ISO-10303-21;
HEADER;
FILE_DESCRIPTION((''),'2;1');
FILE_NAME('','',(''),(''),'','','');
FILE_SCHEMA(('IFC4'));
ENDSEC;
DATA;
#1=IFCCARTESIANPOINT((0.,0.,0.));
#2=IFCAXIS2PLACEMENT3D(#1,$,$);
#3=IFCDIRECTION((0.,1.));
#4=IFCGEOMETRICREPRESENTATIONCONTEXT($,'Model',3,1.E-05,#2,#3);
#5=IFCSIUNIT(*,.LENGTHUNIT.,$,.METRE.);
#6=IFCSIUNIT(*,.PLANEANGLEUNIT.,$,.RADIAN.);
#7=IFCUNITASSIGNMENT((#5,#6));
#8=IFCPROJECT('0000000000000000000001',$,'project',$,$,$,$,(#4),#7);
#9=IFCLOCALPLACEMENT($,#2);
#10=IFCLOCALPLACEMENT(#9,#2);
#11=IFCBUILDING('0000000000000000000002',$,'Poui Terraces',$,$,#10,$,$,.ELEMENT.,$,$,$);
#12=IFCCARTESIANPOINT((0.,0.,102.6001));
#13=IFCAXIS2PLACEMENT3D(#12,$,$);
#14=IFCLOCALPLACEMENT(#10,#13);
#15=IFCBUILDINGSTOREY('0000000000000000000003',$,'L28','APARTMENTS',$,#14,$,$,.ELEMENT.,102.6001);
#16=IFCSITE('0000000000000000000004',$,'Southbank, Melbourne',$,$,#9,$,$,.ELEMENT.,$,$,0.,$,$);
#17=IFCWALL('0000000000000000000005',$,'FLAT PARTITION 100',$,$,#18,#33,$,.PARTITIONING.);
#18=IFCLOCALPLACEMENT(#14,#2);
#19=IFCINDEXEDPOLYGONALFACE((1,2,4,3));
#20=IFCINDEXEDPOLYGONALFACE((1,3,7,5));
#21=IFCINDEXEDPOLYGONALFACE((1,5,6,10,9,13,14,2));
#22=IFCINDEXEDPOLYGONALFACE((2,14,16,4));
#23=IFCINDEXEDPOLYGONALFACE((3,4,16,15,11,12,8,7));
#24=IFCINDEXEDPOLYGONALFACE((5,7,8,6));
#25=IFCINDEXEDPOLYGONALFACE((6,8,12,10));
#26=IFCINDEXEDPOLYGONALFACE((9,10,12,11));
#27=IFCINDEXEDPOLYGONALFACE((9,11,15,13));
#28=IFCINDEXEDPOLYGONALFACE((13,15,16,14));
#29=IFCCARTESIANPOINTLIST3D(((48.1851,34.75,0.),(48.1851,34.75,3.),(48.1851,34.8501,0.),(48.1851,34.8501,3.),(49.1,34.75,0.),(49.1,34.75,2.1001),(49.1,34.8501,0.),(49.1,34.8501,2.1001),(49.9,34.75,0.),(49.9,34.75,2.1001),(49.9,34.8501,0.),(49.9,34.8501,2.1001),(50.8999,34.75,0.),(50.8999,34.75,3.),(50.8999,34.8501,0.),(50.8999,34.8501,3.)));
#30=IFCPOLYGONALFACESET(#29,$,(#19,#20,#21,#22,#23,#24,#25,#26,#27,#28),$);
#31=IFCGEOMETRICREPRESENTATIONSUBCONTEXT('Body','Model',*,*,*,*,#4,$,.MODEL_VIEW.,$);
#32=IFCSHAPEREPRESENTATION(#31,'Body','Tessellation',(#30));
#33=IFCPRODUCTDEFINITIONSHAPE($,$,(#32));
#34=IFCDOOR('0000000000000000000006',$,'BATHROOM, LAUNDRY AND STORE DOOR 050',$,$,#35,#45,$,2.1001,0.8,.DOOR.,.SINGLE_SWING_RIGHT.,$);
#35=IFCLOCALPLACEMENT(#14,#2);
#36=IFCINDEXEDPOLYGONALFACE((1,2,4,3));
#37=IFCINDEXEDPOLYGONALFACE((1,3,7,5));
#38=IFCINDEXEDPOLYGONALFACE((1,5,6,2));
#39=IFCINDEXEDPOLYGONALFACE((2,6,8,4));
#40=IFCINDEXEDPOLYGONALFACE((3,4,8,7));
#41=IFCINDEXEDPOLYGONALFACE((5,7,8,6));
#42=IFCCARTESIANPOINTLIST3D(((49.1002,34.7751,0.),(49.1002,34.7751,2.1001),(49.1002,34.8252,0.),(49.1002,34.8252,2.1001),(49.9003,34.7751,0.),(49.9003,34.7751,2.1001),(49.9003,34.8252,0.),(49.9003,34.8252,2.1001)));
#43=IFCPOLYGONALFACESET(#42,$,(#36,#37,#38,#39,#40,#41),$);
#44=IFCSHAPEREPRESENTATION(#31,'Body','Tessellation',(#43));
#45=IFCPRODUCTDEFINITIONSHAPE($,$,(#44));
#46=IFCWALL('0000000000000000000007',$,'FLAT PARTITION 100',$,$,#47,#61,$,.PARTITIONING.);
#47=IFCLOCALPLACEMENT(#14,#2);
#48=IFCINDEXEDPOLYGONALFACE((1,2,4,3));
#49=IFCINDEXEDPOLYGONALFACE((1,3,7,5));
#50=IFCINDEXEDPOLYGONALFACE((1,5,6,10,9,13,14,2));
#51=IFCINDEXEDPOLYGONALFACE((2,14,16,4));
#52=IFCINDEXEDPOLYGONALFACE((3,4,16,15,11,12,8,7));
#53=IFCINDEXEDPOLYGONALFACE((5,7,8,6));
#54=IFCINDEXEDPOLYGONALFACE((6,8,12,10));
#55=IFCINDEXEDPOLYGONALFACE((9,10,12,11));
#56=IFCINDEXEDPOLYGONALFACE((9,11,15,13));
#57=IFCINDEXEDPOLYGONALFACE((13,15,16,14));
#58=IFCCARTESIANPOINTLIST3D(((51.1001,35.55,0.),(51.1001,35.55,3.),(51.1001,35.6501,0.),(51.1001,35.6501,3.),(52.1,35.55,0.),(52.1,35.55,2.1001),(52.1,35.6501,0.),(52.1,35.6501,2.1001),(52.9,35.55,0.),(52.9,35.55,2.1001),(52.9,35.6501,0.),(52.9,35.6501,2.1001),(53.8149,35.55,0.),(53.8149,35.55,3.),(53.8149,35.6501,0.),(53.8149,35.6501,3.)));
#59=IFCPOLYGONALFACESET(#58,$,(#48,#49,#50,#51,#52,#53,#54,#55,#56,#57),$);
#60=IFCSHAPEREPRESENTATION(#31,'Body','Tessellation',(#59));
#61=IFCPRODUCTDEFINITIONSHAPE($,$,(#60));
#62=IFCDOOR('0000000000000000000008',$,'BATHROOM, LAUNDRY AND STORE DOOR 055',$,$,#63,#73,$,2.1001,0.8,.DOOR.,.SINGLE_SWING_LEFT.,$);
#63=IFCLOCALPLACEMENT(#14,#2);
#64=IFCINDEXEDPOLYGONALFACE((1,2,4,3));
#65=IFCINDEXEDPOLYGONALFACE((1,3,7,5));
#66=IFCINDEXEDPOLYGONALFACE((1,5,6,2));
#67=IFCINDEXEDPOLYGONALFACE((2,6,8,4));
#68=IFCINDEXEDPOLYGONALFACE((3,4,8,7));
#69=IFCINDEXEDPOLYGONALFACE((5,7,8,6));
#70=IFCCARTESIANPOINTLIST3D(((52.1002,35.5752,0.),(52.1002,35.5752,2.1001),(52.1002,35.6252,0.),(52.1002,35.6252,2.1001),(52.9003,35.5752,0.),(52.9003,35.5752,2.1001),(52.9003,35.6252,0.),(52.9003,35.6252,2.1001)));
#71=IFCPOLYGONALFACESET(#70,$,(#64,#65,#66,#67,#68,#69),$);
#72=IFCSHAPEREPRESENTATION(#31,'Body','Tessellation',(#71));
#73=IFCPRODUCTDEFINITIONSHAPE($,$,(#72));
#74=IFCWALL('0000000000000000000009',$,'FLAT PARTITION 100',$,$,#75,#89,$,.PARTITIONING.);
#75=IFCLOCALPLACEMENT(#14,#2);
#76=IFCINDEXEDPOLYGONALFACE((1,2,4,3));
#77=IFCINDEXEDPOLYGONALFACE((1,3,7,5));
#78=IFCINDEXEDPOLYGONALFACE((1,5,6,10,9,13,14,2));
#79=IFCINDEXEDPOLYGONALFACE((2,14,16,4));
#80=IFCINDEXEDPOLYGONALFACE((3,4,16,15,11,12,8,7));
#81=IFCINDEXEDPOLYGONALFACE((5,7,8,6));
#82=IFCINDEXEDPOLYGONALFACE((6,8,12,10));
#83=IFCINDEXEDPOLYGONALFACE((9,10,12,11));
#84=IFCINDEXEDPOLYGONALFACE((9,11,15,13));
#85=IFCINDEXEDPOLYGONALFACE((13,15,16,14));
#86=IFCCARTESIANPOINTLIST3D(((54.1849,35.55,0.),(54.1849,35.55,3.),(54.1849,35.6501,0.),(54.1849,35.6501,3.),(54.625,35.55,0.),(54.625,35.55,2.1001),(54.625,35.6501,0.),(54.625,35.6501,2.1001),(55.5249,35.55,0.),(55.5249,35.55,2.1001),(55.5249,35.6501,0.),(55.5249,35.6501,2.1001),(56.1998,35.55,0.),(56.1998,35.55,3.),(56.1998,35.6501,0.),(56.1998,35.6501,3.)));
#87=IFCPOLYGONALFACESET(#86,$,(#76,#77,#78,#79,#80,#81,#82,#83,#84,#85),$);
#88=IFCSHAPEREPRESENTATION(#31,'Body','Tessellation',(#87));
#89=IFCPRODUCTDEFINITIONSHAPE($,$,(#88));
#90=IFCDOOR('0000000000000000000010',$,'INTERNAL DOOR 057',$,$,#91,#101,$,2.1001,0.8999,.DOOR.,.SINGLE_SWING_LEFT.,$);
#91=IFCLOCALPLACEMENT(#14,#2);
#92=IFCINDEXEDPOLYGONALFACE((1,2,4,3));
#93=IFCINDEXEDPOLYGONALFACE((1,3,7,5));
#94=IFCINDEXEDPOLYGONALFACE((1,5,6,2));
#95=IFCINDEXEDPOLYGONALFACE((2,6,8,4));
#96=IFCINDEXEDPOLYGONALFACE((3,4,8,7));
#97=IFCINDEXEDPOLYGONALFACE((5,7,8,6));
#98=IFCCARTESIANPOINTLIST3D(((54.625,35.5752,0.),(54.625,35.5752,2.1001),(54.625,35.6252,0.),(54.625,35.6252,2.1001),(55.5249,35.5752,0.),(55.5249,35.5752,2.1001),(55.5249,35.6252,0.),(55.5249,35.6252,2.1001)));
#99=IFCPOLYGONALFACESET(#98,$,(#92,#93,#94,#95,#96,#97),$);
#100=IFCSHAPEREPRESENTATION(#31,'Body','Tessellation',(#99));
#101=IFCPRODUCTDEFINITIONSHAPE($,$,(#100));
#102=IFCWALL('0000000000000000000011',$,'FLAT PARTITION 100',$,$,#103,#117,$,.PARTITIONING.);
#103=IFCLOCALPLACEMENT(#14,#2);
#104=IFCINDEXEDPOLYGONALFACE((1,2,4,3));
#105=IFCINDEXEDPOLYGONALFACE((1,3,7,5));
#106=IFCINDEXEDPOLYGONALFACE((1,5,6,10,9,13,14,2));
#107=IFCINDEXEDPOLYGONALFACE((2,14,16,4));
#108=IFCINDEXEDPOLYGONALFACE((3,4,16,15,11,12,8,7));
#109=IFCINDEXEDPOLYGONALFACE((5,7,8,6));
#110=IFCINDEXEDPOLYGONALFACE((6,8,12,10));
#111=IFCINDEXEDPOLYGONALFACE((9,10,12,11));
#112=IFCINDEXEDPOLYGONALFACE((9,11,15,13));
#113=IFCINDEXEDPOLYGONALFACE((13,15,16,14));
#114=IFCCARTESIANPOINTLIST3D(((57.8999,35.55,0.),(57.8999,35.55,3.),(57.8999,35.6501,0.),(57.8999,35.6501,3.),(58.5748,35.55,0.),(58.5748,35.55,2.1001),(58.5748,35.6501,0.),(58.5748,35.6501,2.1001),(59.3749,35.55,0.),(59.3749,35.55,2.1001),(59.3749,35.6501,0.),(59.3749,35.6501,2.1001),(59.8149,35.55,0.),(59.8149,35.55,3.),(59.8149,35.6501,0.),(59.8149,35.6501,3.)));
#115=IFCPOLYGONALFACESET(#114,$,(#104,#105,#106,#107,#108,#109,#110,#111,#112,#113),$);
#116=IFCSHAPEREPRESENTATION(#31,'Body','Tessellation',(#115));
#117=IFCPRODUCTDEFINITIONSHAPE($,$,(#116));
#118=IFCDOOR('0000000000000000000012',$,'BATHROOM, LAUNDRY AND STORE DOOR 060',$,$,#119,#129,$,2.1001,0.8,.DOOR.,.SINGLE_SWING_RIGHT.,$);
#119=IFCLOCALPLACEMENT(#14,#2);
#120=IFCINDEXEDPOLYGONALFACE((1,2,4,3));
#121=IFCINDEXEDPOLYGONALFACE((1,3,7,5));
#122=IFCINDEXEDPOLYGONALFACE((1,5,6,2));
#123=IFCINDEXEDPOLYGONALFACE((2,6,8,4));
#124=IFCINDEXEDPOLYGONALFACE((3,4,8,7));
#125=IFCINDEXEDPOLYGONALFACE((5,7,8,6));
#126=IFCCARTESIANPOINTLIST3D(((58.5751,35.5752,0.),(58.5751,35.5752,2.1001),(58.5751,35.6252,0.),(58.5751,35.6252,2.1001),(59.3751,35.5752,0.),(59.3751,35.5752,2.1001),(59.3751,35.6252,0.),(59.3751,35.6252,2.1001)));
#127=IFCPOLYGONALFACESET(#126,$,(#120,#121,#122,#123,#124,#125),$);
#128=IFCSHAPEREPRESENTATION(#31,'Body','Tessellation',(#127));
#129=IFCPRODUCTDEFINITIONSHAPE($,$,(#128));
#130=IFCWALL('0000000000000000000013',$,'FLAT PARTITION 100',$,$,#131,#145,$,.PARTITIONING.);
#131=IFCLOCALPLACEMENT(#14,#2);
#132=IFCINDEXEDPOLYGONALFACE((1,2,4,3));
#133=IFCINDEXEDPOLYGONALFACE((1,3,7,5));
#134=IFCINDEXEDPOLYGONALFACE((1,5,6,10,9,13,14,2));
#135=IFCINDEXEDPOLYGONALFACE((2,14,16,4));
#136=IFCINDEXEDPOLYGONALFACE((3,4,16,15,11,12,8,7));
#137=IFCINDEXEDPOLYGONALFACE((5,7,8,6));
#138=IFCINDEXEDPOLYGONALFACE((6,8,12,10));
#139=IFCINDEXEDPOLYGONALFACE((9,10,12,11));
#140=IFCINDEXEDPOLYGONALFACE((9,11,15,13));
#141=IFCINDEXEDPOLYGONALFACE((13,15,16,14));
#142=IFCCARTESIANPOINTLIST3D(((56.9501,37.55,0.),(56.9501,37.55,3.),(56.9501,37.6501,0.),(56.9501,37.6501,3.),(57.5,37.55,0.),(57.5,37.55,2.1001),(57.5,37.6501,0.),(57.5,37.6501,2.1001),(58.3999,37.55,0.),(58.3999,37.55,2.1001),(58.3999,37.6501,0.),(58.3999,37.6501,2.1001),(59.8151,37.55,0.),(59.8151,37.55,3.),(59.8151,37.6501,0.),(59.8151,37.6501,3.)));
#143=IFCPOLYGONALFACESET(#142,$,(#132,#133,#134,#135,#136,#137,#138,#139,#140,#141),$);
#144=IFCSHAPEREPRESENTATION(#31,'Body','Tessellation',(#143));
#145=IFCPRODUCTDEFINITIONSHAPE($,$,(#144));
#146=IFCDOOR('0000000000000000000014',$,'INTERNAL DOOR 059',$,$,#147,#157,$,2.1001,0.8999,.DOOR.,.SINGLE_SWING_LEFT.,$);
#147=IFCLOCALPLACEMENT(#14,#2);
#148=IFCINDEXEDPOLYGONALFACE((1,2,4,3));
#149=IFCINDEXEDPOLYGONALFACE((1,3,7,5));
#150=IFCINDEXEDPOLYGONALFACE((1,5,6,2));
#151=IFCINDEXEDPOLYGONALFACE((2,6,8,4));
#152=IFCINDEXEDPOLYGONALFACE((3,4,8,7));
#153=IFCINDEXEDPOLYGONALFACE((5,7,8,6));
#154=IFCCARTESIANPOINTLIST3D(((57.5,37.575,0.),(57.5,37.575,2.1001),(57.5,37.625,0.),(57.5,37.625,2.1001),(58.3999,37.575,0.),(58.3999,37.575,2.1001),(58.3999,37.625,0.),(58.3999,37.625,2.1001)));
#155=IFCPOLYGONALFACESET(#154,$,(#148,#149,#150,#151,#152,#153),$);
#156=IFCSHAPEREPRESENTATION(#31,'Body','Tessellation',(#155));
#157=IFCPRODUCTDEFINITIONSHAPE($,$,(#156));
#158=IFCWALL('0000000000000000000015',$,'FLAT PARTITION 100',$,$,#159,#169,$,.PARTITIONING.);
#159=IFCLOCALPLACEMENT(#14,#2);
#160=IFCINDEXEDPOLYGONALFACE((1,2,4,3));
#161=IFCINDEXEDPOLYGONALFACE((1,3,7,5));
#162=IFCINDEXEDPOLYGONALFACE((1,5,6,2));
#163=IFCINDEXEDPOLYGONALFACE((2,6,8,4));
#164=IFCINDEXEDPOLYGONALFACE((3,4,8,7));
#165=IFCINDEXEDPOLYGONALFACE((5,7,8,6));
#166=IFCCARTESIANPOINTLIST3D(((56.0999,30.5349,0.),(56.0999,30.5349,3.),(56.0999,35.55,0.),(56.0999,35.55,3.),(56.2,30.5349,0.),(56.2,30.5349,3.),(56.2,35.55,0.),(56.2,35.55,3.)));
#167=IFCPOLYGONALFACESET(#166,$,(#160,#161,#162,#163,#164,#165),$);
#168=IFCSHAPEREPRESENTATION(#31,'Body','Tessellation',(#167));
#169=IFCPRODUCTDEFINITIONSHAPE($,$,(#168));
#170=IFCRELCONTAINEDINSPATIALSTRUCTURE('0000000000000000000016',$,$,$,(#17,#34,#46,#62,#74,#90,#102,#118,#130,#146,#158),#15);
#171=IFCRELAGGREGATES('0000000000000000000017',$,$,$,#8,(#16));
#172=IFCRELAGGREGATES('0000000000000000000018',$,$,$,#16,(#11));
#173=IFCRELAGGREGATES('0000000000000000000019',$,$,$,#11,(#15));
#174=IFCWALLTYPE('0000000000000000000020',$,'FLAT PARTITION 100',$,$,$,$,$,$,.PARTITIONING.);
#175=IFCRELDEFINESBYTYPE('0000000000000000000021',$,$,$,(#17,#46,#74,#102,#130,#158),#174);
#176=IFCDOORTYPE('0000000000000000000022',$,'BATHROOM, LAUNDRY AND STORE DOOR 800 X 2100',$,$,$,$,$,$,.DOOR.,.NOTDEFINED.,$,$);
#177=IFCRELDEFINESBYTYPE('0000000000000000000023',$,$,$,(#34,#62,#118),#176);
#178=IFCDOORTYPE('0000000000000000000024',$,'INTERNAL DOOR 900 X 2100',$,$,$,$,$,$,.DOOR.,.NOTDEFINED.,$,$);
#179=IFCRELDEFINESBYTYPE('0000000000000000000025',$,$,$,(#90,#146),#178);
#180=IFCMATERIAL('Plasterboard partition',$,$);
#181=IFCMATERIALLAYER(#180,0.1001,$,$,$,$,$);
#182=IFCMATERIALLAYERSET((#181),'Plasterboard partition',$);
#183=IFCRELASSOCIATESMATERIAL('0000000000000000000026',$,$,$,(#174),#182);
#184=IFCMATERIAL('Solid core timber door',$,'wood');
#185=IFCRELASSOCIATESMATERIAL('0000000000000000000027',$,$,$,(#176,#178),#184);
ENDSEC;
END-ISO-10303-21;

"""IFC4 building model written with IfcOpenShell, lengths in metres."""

from ifc_helpers import new_model, si_unit, direction, frame, frame_2d, origin, place, context, subcontext, project, spatial, rectangle, extrude, material, layer, layer_set, type_object, element, fill, save


model = new_model("IFC4")

# Units and contexts
model_context = context("Model", 3, precision=1e-05, world=origin(), true_north=direction((0.0, 1.0)))
body_context = subcontext(model_context, "Body", "Model", "MODEL_VIEW")
ifc_project = project(units=[si_unit("LENGTHUNIT", "METRE"), si_unit("PLANEANGLEUNIT", "RADIAN")], contexts=[model_context])

# Site, building, storey
site_placement = place(None, origin())
site = spatial("IfcSite", under=ifc_project, at=site_placement, Name="Southbank, Melbourne", CompositionType="ELEMENT", RefElevation=0.0)
building_placement = place(site_placement, origin())
building = spatial("IfcBuilding", under=site, at=building_placement, Name="Poui Terraces", CompositionType="ELEMENT")
storey_placement = place(building_placement, frame((0.0, 0.0, 102.6001)))
storey = spatial("IfcBuildingStorey", under=building, at=storey_placement, Name="L28", Description="APARTMENTS", CompositionType="ELEMENT", Elevation=102.6001)

# Walls, openings, doors
ifc_material_1 = material(Name="Plasterboard partition")
ifc_layer_1 = layer(ifc_material_1, 0.1001)
ifc_layer_set_1 = layer_set([ifc_layer_1], Name="Plasterboard partition")
wall_type_1 = type_object("IfcWallType", Name="FLAT PARTITION 100", PredefinedType="PARTITIONING", material=ifc_layer_set_1)
wall_1_placement = place(storey_placement, frame((48.1851, 34.8, 0.0), z_axis=(0.0, 0.0, 1.0), x_axis=(1.0, 0.0, 0.0)))
wall_1 = element("IfcWall", 1, at=wall_1_placement, inside=storey, type_object=wall_type_1, Name="FLAT PARTITION 100", PredefinedType="PARTITIONING", context=body_context, shape_type="SweptSolid", body=[
    extrude(rectangle(XDim=2.7148, YDim=0.1001, at=frame_2d((1.3574, 0.0))), origin(), (0.0, 0.0, 1.0), 3.0),
])
opening_1_placement = place(wall_1_placement, frame((0.915, 0.0, 0.0)))
opening_1 = element("IfcOpeningElement", 2, at=opening_1_placement, cuts=wall_1, PredefinedType="OPENING", context=body_context, shape_type="SweptSolid", body=[
    extrude(rectangle(XDim=0.8, YDim=2.1001, at=frame_2d((0.3999, 1.05))), frame((0.0, 0.0601, 0.0), z_axis=(0.0, -1.0, 0.0), x_axis=(1.0, 0.0, 0.0)), (0.0, 0.0, 1.0), 0.1201),
])
ifc_material_2 = material(Name="Solid core timber door", Category="wood")
door_type_1 = type_object("IfcDoorType", Name="BATHROOM, LAUNDRY AND STORE DOOR 800 X 2100", OperationType="NOTDEFINED", PredefinedType="DOOR", material=ifc_material_2)
door_1_placement = place(opening_1_placement, frame((0.8, 0.0, 0.0), z_axis=(0.0, 0.0, 1.0), x_axis=(-1.0, 0.0, 0.0)))
door_1 = element("IfcDoor", 3, at=door_1_placement, inside=storey, type_object=door_type_1, Name="BATHROOM, LAUNDRY AND STORE DOOR 050", OperationType="SINGLE_SWING_RIGHT", OverallHeight=2.1001, OverallWidth=0.8, PredefinedType="DOOR", context=body_context, shape_type="SweptSolid", body=[
    extrude(rectangle(XDim=0.8, YDim=2.1001, at=frame_2d((0.3999, 1.05))), frame((0.0, 0.0249, 0.0), z_axis=(0.0, -1.0, 0.0), x_axis=(1.0, 0.0, 0.0)), (0.0, 0.0, 1.0), 0.05),
])
fill(opening_1, door_1)
wall_2_placement = place(storey_placement, frame((51.1001, 35.6001, 0.0), z_axis=(0.0, 0.0, 1.0), x_axis=(1.0, 0.0, 0.0)))
wall_2 = element("IfcWall", 4, at=wall_2_placement, inside=storey, type_object=wall_type_1, Name="FLAT PARTITION 100", PredefinedType="PARTITIONING", context=body_context, shape_type="SweptSolid", body=[
    extrude(rectangle(XDim=2.7148, YDim=0.1001, at=frame_2d((1.3574, 0.0))), origin(), (0.0, 0.0, 1.0), 3.0),
])
opening_2_placement = place(wall_2_placement, frame((1.0, 0.0, 0.0)))
opening_2 = element("IfcOpeningElement", 5, at=opening_2_placement, cuts=wall_2, PredefinedType="OPENING", context=body_context, shape_type="SweptSolid", body=[
    extrude(rectangle(XDim=0.8, YDim=2.1001, at=frame_2d((0.3999, 1.05))), frame((0.0, 0.0601, 0.0), z_axis=(0.0, -1.0, 0.0), x_axis=(1.0, 0.0, 0.0)), (0.0, 0.0, 1.0), 0.1201),
])
door_2_placement = place(opening_2_placement, frame((0.8, 0.0, 0.0), z_axis=(0.0, 0.0, 1.0), x_axis=(-1.0, 0.0, 0.0)))
door_2 = element("IfcDoor", 6, at=door_2_placement, inside=storey, type_object=door_type_1, Name="BATHROOM, LAUNDRY AND STORE DOOR 055", OperationType="SINGLE_SWING_LEFT", OverallHeight=2.1001, OverallWidth=0.8, PredefinedType="DOOR", context=body_context, shape_type="SweptSolid", body=[
    extrude(rectangle(XDim=0.8, YDim=2.1001, at=frame_2d((0.3999, 1.05))), frame((0.0, 0.0249, 0.0), z_axis=(0.0, -1.0, 0.0), x_axis=(1.0, 0.0, 0.0)), (0.0, 0.0, 1.0), 0.05),
])
fill(opening_2, door_2)
wall_3_placement = place(storey_placement, frame((54.1851, 35.6001, 0.0), z_axis=(0.0, 0.0, 1.0), x_axis=(1.0, 0.0, 0.0)))
wall_3 = element("IfcWall", 7, at=wall_3_placement, inside=storey, type_object=wall_type_1, Name="FLAT PARTITION 100", PredefinedType="PARTITIONING", context=body_context, shape_type="SweptSolid", body=[
    extrude(rectangle(XDim=2.0149, YDim=0.1001, at=frame_2d((1.0073, 0.0))), origin(), (0.0, 0.0, 1.0), 3.0),
])
opening_3_placement = place(wall_3_placement, frame((0.4399, 0.0, 0.0)))
opening_3 = element("IfcOpeningElement", 8, at=opening_3_placement, cuts=wall_3, PredefinedType="OPENING", context=body_context, shape_type="SweptSolid", body=[
    extrude(rectangle(XDim=0.8999, YDim=2.1001, at=frame_2d((0.45, 1.05))), frame((0.0, 0.0601, 0.0), z_axis=(0.0, -1.0, 0.0), x_axis=(1.0, 0.0, 0.0)), (0.0, 0.0, 1.0), 0.1201),
])
door_type_2 = type_object("IfcDoorType", Name="INTERNAL DOOR 900 X 2100", OperationType="NOTDEFINED", PredefinedType="DOOR", material=ifc_material_2)
door_3_placement = place(opening_3_placement, frame((0.8999, 0.0, 0.0), z_axis=(0.0, 0.0, 1.0), x_axis=(-1.0, 0.0, 0.0)))
door_3 = element("IfcDoor", 9, at=door_3_placement, inside=storey, type_object=door_type_2, Name="INTERNAL DOOR 057", OperationType="SINGLE_SWING_LEFT", OverallHeight=2.1001, OverallWidth=0.8999, PredefinedType="DOOR", context=body_context, shape_type="SweptSolid", body=[
    extrude(rectangle(XDim=0.8999, YDim=2.1001, at=frame_2d((0.45, 1.05))), frame((0.0, 0.0249, 0.0), z_axis=(0.0, -1.0, 0.0), x_axis=(1.0, 0.0, 0.0)), (0.0, 0.0, 1.0), 0.05),
])
fill(opening_3, door_3)
wall_4_placement = place(storey_placement, frame((57.8999, 35.6001, 0.0), z_axis=(0.0, 0.0, 1.0), x_axis=(1.0, 0.0, 0.0)))
wall_4 = element("IfcWall", 10, at=wall_4_placement, inside=storey, type_object=wall_type_1, Name="FLAT PARTITION 100", PredefinedType="PARTITIONING", context=body_context, shape_type="SweptSolid", body=[
    extrude(rectangle(XDim=1.915, YDim=0.1001, at=frame_2d((0.9575, 0.0))), origin(), (0.0, 0.0, 1.0), 3.0),
])
opening_4_placement = place(wall_4_placement, frame((0.675, 0.0, 0.0)))
opening_4 = element("IfcOpeningElement", 11, at=opening_4_placement, cuts=wall_4, PredefinedType="OPENING", context=body_context, shape_type="SweptSolid", body=[
    extrude(rectangle(XDim=0.8, YDim=2.1001, at=frame_2d((0.3999, 1.05))), frame((0.0, 0.0601, 0.0), z_axis=(0.0, -1.0, 0.0), x_axis=(1.0, 0.0, 0.0)), (0.0, 0.0, 1.0), 0.1201),
])
door_4_placement = place(opening_4_placement, frame((0.8, 0.0, 0.0), z_axis=(0.0, 0.0, 1.0), x_axis=(-1.0, 0.0, 0.0)))
door_4 = element("IfcDoor", 12, at=door_4_placement, inside=storey, type_object=door_type_1, Name="BATHROOM, LAUNDRY AND STORE DOOR 060", OperationType="SINGLE_SWING_RIGHT", OverallHeight=2.1001, OverallWidth=0.8, PredefinedType="DOOR", context=body_context, shape_type="SweptSolid", body=[
    extrude(rectangle(XDim=0.8, YDim=2.1001, at=frame_2d((0.3999, 1.05))), frame((0.0, 0.0249, 0.0), z_axis=(0.0, -1.0, 0.0), x_axis=(1.0, 0.0, 0.0)), (0.0, 0.0, 1.0), 0.05),
])
fill(opening_4, door_4)
wall_5_placement = place(storey_placement, frame((56.95, 37.6001, 0.0), z_axis=(0.0, 0.0, 1.0), x_axis=(1.0, 0.0, 0.0)))
wall_5 = element("IfcWall", 13, at=wall_5_placement, inside=storey, type_object=wall_type_1, Name="FLAT PARTITION 100", PredefinedType="PARTITIONING", context=body_context, shape_type="SweptSolid", body=[
    extrude(rectangle(XDim=2.865, YDim=0.1001, at=frame_2d((1.4326, 0.0))), origin(), (0.0, 0.0, 1.0), 3.0),
])
opening_5_placement = place(wall_5_placement, frame((0.55, 0.0, 0.0)))
opening_5 = element("IfcOpeningElement", 14, at=opening_5_placement, cuts=wall_5, PredefinedType="OPENING", context=body_context, shape_type="SweptSolid", body=[
    extrude(rectangle(XDim=0.8999, YDim=2.1001, at=frame_2d((0.45, 1.05))), frame((0.0, 0.0601, 0.0), z_axis=(0.0, -1.0, 0.0), x_axis=(1.0, 0.0, 0.0)), (0.0, 0.0, 1.0), 0.1201),
])
door_5_placement = place(opening_5_placement, origin())
door_5 = element("IfcDoor", 15, at=door_5_placement, inside=storey, type_object=door_type_2, Name="INTERNAL DOOR 059", OperationType="SINGLE_SWING_LEFT", OverallHeight=2.1001, OverallWidth=0.8999, PredefinedType="DOOR", context=body_context, shape_type="SweptSolid", body=[
    extrude(rectangle(XDim=0.8999, YDim=2.1001, at=frame_2d((0.45, 1.05))), frame((0.0, 0.0249, 0.0), z_axis=(0.0, -1.0, 0.0), x_axis=(1.0, 0.0, 0.0)), (0.0, 0.0, 1.0), 0.05),
])
fill(opening_5, door_5)

# Wall
wall_6_placement = place(storey_placement, frame((56.1499, 30.5349, 0.0), z_axis=(0.0, 0.0, 1.0), x_axis=(0.0, 1.0, 0.0)))
element("IfcWall", 16, at=wall_6_placement, inside=storey, type_object=wall_type_1, Name="FLAT PARTITION 100", PredefinedType="PARTITIONING", context=body_context, shape_type="SweptSolid", body=[
    extrude(rectangle(XDim=5.0151, YDim=0.1001, at=frame_2d((2.5076, 0.0))), origin(), (0.0, 0.0, 1.0), 3.0),
])

save(model, "model.ifc")
